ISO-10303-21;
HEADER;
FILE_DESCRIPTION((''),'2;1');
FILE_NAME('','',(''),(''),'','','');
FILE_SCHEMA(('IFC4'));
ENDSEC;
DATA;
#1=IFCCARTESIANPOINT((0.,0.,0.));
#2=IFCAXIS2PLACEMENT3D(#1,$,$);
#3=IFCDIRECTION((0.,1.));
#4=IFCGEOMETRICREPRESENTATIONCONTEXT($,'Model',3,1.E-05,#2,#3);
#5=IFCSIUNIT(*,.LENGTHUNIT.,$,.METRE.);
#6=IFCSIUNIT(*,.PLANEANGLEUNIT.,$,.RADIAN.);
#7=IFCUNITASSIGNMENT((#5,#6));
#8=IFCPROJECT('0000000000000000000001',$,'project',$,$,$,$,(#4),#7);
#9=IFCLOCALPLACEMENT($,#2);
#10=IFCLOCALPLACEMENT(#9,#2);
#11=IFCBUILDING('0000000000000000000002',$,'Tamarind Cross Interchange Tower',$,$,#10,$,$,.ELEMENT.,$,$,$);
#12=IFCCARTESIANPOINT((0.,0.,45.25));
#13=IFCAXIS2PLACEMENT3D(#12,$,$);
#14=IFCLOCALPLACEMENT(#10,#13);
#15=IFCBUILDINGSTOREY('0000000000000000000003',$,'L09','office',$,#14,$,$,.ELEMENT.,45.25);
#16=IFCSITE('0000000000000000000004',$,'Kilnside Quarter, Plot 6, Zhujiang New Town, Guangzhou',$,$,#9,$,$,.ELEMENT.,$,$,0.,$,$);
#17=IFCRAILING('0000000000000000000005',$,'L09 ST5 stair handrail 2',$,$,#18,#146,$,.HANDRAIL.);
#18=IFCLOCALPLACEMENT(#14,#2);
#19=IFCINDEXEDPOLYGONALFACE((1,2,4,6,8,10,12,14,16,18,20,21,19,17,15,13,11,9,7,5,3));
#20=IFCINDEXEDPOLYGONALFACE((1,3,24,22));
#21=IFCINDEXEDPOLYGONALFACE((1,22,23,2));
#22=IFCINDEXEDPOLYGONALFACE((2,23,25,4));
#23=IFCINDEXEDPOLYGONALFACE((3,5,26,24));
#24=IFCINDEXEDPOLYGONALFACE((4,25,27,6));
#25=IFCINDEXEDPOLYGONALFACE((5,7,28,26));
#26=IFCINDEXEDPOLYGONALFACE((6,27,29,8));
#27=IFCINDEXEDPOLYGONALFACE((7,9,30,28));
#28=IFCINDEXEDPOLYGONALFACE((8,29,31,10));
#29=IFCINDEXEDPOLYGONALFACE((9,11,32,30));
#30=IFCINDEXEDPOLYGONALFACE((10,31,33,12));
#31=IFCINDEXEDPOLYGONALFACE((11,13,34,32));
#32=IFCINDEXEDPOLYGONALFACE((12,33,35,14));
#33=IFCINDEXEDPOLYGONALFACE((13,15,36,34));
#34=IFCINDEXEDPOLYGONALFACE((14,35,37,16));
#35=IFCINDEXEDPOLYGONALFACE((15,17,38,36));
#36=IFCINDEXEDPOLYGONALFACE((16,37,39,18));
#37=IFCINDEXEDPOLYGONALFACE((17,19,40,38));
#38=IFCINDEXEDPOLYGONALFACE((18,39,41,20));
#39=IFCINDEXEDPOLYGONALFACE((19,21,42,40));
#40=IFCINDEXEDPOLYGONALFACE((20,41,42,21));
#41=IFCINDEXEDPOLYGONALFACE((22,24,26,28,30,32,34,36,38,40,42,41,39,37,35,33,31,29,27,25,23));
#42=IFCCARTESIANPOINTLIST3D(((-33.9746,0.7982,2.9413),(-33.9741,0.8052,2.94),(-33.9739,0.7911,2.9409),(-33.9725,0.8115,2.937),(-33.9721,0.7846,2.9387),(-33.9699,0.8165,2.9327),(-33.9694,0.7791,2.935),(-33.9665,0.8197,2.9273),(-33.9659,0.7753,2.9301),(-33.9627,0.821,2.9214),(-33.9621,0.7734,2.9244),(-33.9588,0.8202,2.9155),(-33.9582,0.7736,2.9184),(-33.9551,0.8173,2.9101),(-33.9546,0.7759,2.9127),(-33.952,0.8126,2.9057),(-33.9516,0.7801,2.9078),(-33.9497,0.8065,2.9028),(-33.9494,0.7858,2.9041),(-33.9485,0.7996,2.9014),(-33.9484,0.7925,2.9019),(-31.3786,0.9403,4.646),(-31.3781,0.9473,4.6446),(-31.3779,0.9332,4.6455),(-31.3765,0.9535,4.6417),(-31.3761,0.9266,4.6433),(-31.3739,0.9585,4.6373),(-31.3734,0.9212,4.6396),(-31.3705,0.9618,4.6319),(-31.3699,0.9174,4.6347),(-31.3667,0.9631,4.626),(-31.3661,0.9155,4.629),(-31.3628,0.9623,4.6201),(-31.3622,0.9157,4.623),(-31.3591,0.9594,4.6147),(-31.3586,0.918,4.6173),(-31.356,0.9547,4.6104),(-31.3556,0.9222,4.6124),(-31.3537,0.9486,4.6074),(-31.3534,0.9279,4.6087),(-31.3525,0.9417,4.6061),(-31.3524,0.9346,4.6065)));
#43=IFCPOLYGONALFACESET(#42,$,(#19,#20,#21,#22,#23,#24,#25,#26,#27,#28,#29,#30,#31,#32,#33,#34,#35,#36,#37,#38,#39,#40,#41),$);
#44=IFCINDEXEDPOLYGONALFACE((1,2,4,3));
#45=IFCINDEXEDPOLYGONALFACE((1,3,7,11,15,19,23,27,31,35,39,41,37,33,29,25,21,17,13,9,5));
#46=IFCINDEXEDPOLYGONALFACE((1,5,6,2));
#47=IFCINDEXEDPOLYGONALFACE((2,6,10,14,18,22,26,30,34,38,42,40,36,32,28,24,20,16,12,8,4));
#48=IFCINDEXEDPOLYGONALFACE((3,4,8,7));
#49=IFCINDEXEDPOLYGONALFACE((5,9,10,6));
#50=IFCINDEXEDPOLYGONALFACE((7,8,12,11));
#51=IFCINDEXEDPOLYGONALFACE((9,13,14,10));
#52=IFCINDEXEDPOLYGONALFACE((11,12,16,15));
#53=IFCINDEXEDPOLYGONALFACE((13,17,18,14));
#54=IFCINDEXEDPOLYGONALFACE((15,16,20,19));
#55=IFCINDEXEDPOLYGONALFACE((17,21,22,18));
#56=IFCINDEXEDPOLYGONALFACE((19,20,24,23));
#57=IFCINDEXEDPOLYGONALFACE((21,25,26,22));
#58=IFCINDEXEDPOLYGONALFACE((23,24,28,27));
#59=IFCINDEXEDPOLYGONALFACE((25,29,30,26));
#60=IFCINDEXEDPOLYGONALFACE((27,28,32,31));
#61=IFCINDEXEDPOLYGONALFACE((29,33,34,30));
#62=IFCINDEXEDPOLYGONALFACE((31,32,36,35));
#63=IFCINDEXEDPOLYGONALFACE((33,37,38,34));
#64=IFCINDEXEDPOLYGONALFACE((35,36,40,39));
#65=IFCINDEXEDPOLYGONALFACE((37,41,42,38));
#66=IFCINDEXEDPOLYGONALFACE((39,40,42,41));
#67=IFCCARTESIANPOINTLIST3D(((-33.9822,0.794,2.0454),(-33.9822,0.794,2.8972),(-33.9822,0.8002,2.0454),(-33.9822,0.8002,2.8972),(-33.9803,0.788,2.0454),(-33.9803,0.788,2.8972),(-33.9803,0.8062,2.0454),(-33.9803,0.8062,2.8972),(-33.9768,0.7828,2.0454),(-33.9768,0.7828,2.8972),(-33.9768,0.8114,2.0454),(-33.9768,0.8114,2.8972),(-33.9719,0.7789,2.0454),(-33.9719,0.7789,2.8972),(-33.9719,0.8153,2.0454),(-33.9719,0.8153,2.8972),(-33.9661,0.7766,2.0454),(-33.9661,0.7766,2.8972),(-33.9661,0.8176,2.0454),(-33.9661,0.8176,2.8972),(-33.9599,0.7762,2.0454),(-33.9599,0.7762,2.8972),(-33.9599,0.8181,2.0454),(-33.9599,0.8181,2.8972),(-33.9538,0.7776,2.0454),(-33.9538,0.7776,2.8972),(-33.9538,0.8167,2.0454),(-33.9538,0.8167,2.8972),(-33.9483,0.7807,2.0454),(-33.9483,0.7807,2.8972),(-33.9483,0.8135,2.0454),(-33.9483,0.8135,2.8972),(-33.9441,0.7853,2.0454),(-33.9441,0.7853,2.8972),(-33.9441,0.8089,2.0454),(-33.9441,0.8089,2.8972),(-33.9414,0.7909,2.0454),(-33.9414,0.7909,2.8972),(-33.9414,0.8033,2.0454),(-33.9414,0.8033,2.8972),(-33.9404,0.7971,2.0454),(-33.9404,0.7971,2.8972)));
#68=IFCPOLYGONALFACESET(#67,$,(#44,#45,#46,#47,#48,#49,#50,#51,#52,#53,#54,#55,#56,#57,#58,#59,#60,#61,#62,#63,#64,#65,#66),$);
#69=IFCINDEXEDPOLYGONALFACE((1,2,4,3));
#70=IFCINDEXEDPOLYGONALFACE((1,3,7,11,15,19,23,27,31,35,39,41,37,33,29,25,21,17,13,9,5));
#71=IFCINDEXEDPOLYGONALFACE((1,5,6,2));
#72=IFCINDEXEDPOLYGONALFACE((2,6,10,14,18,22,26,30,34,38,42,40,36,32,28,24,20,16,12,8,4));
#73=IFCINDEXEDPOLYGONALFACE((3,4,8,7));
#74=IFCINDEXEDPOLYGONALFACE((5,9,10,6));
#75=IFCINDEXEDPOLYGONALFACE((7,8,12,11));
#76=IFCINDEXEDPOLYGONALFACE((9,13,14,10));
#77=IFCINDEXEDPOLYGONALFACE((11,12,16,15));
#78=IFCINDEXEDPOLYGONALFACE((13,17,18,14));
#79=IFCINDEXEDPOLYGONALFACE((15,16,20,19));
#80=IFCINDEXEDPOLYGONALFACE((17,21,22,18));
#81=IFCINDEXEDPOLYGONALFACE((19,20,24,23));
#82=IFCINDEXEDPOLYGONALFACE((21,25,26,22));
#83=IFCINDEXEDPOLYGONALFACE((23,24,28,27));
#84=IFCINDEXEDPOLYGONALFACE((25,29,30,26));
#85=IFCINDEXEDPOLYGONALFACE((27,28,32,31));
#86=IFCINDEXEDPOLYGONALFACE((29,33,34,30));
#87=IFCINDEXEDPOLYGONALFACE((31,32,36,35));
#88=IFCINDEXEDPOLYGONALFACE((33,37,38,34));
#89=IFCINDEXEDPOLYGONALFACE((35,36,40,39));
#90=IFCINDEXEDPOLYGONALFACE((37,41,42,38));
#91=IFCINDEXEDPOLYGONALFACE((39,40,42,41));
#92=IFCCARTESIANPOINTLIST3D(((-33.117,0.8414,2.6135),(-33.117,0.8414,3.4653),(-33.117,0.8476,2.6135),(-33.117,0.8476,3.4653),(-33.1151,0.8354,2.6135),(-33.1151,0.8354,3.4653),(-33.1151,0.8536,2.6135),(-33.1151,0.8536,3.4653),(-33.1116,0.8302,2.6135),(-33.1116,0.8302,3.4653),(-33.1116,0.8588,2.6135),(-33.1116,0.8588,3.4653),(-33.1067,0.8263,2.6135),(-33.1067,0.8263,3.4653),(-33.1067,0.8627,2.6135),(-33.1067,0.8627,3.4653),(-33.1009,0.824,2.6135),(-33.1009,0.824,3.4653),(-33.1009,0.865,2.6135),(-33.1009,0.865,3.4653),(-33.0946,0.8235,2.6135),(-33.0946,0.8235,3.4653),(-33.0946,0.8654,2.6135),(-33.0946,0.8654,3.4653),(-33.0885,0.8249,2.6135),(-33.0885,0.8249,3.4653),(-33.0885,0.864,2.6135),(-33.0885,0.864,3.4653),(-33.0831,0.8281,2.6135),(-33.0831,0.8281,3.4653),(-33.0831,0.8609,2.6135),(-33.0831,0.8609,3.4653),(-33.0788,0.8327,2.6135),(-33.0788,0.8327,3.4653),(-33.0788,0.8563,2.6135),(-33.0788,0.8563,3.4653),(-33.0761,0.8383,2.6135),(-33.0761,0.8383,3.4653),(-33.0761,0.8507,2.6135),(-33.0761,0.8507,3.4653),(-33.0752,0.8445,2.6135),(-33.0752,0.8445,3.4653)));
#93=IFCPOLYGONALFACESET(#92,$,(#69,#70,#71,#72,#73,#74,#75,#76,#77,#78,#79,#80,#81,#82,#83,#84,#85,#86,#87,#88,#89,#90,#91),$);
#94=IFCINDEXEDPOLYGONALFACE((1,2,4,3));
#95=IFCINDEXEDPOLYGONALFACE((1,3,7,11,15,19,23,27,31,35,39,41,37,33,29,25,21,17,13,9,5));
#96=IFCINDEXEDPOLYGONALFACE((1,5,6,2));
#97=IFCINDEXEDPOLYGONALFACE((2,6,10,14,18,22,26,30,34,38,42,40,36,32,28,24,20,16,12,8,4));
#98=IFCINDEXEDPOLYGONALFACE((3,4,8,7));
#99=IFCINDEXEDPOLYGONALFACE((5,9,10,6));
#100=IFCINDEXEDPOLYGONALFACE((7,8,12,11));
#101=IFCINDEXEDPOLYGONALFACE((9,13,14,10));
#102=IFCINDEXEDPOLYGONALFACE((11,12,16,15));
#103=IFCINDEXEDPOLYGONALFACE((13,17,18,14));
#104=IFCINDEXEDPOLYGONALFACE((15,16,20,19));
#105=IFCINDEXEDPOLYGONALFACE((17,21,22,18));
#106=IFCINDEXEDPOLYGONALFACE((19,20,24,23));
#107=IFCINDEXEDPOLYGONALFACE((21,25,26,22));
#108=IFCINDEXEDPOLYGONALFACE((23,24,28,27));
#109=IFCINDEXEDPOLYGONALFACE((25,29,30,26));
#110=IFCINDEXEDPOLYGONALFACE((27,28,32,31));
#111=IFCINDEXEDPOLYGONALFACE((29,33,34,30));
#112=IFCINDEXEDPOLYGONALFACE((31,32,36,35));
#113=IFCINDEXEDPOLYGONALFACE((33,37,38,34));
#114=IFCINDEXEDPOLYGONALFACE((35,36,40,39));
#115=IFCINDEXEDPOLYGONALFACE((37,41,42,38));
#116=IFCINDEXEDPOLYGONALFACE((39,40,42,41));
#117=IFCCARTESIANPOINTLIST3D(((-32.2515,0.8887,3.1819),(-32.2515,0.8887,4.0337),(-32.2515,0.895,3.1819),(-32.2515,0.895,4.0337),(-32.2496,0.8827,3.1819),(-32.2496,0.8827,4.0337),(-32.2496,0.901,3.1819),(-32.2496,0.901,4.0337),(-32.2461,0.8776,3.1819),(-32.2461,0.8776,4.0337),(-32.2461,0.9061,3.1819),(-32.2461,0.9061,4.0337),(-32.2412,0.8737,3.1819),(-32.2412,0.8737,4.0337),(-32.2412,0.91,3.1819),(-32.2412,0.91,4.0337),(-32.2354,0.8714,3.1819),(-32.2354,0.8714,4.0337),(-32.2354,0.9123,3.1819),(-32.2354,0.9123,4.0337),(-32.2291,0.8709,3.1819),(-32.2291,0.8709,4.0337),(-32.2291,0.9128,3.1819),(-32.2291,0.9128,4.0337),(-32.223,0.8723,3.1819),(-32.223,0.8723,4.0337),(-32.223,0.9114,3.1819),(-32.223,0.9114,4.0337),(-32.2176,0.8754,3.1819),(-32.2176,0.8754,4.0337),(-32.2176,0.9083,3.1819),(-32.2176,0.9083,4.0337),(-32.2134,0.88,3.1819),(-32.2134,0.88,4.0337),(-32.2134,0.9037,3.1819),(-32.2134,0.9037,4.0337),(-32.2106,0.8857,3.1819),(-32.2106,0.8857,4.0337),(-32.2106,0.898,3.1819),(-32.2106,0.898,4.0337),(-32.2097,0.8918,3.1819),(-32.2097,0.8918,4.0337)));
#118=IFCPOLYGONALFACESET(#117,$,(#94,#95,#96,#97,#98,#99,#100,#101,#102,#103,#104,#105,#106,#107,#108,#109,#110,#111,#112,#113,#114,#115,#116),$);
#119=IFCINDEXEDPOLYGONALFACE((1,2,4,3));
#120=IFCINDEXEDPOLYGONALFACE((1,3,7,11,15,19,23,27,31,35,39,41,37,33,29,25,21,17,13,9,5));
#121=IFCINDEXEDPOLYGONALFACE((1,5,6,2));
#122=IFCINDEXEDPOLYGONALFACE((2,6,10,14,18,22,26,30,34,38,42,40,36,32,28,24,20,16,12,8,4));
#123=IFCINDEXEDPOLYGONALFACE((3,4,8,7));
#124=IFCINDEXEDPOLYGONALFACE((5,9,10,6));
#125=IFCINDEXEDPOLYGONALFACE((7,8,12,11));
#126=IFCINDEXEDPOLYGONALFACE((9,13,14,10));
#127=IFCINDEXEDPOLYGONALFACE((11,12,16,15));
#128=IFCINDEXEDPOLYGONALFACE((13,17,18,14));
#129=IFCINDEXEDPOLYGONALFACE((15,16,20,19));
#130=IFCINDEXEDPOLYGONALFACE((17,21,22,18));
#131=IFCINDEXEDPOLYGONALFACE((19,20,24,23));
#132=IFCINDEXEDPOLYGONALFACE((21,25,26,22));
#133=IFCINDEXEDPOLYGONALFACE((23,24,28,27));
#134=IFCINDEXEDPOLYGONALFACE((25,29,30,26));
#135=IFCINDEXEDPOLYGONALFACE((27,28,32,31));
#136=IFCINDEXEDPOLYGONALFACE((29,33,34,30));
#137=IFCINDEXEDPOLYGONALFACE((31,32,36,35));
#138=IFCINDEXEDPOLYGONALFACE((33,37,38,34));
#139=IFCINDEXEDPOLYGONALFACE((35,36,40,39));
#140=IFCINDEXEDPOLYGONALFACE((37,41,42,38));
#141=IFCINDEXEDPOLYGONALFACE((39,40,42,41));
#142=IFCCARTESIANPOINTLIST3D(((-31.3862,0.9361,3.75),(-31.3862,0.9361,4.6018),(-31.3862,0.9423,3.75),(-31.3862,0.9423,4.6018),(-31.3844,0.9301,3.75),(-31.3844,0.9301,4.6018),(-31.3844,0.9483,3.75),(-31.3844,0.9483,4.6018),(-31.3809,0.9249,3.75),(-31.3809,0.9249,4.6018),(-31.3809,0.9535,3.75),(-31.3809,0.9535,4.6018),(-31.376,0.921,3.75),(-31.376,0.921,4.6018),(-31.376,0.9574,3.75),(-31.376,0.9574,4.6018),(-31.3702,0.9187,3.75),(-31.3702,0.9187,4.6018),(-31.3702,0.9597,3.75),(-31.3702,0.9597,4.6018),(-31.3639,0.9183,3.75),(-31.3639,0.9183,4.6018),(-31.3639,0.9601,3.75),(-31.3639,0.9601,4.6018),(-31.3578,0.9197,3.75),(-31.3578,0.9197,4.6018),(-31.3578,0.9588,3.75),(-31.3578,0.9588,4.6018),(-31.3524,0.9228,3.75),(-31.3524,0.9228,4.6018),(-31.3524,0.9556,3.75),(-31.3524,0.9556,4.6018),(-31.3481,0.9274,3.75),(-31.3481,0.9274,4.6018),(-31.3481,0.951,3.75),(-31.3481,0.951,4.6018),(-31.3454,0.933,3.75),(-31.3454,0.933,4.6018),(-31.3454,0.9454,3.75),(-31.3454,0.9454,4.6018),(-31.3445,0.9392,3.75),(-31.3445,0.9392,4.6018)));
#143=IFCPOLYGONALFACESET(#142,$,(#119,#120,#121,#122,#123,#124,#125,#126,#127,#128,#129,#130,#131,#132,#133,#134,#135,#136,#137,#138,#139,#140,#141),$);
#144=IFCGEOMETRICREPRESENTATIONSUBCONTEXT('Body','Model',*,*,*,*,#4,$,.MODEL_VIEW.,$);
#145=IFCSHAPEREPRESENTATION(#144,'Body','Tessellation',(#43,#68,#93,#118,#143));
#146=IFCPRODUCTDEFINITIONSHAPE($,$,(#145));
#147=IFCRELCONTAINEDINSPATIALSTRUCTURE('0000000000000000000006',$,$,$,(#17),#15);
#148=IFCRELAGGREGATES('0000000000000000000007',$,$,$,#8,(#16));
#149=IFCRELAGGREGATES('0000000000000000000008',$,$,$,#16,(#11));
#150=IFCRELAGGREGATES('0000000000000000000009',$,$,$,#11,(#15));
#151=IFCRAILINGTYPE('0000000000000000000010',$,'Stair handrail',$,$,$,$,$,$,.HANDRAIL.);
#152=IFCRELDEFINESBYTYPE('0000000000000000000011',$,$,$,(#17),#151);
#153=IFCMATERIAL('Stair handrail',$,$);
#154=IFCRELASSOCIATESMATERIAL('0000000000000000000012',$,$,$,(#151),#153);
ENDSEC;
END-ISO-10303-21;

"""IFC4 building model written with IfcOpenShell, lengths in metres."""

from ifc_helpers import new_model, si_unit, direction, frame, origin, origin_2d, place, context, subcontext, project, spatial, circle, extrude, material, type_object, element, save


model = new_model("IFC4")

# Units and contexts
model_context = context("Model", 3, precision=1e-05, world=origin(), true_north=direction((0.0, 1.0)))
body_context = subcontext(model_context, "Body", "Model", "MODEL_VIEW")
ifc_project = project(units=[si_unit("LENGTHUNIT", "METRE"), si_unit("PLANEANGLEUNIT", "RADIAN")], contexts=[model_context])

# Site, building, storey
site_placement = place(None, origin())
site = spatial("IfcSite", under=ifc_project, at=site_placement, Name="Kilnside Quarter, Plot 6, Zhujiang New Town, Guangzhou", CompositionType="ELEMENT", RefElevation=0.0)
building_placement = place(site_placement, origin())
building = spatial("IfcBuilding", under=site, at=building_placement, Name="Tamarind Cross Interchange Tower", CompositionType="ELEMENT")
storey_placement = place(building_placement, frame((0.0, 0.0, 45.25)))
storey = spatial("IfcBuildingStorey", under=building, at=storey_placement, Name="L09", Description="office", CompositionType="ELEMENT", Elevation=45.25)

# Railing
ifc_material_1 = material(Name="Stair handrail")
railing_type_1 = type_object("IfcRailingType", Name="Stair handrail", PredefinedType="HANDRAIL", material=ifc_material_1)
railing_1_placement = place(storey_placement, frame((-33.9614, 0.7971, 2.0454)))
element("IfcRailing", 1, at=railing_1_placement, inside=storey, type_object=railing_type_1, Name="L09 ST5 stair handrail 2", PredefinedType="HANDRAIL", context=body_context, shape_type="SweptSolid", body=[
    extrude(circle(Radius=0.0239, at=origin_2d()), frame((0.0, 0.0, 0.876), z_axis=(0.835027, 0.045705, 0.548308), x_axis=(-0.054653, 0.998505, 0.0)), (0.0, 0.0, 1.0), 3.1089),
    extrude(circle(Radius=0.021, at=origin_2d()), origin(), (0.0, 0.0, 1.0), 0.8518),
    extrude(circle(Radius=0.021, at=origin_2d()), frame((0.8652, 0.0474, 0.5681)), (0.0, 0.0, 1.0), 0.8518),
    extrude(circle(Radius=0.021, at=origin_2d()), frame((1.7307, 0.0947, 1.1365)), (0.0, 0.0, 1.0), 0.8518),
    extrude(circle(Radius=0.021, at=origin_2d()), frame((2.5959, 0.1421, 1.7046)), (0.0, 0.0, 1.0), 0.8518),
])

save(model, "model.ifc")
